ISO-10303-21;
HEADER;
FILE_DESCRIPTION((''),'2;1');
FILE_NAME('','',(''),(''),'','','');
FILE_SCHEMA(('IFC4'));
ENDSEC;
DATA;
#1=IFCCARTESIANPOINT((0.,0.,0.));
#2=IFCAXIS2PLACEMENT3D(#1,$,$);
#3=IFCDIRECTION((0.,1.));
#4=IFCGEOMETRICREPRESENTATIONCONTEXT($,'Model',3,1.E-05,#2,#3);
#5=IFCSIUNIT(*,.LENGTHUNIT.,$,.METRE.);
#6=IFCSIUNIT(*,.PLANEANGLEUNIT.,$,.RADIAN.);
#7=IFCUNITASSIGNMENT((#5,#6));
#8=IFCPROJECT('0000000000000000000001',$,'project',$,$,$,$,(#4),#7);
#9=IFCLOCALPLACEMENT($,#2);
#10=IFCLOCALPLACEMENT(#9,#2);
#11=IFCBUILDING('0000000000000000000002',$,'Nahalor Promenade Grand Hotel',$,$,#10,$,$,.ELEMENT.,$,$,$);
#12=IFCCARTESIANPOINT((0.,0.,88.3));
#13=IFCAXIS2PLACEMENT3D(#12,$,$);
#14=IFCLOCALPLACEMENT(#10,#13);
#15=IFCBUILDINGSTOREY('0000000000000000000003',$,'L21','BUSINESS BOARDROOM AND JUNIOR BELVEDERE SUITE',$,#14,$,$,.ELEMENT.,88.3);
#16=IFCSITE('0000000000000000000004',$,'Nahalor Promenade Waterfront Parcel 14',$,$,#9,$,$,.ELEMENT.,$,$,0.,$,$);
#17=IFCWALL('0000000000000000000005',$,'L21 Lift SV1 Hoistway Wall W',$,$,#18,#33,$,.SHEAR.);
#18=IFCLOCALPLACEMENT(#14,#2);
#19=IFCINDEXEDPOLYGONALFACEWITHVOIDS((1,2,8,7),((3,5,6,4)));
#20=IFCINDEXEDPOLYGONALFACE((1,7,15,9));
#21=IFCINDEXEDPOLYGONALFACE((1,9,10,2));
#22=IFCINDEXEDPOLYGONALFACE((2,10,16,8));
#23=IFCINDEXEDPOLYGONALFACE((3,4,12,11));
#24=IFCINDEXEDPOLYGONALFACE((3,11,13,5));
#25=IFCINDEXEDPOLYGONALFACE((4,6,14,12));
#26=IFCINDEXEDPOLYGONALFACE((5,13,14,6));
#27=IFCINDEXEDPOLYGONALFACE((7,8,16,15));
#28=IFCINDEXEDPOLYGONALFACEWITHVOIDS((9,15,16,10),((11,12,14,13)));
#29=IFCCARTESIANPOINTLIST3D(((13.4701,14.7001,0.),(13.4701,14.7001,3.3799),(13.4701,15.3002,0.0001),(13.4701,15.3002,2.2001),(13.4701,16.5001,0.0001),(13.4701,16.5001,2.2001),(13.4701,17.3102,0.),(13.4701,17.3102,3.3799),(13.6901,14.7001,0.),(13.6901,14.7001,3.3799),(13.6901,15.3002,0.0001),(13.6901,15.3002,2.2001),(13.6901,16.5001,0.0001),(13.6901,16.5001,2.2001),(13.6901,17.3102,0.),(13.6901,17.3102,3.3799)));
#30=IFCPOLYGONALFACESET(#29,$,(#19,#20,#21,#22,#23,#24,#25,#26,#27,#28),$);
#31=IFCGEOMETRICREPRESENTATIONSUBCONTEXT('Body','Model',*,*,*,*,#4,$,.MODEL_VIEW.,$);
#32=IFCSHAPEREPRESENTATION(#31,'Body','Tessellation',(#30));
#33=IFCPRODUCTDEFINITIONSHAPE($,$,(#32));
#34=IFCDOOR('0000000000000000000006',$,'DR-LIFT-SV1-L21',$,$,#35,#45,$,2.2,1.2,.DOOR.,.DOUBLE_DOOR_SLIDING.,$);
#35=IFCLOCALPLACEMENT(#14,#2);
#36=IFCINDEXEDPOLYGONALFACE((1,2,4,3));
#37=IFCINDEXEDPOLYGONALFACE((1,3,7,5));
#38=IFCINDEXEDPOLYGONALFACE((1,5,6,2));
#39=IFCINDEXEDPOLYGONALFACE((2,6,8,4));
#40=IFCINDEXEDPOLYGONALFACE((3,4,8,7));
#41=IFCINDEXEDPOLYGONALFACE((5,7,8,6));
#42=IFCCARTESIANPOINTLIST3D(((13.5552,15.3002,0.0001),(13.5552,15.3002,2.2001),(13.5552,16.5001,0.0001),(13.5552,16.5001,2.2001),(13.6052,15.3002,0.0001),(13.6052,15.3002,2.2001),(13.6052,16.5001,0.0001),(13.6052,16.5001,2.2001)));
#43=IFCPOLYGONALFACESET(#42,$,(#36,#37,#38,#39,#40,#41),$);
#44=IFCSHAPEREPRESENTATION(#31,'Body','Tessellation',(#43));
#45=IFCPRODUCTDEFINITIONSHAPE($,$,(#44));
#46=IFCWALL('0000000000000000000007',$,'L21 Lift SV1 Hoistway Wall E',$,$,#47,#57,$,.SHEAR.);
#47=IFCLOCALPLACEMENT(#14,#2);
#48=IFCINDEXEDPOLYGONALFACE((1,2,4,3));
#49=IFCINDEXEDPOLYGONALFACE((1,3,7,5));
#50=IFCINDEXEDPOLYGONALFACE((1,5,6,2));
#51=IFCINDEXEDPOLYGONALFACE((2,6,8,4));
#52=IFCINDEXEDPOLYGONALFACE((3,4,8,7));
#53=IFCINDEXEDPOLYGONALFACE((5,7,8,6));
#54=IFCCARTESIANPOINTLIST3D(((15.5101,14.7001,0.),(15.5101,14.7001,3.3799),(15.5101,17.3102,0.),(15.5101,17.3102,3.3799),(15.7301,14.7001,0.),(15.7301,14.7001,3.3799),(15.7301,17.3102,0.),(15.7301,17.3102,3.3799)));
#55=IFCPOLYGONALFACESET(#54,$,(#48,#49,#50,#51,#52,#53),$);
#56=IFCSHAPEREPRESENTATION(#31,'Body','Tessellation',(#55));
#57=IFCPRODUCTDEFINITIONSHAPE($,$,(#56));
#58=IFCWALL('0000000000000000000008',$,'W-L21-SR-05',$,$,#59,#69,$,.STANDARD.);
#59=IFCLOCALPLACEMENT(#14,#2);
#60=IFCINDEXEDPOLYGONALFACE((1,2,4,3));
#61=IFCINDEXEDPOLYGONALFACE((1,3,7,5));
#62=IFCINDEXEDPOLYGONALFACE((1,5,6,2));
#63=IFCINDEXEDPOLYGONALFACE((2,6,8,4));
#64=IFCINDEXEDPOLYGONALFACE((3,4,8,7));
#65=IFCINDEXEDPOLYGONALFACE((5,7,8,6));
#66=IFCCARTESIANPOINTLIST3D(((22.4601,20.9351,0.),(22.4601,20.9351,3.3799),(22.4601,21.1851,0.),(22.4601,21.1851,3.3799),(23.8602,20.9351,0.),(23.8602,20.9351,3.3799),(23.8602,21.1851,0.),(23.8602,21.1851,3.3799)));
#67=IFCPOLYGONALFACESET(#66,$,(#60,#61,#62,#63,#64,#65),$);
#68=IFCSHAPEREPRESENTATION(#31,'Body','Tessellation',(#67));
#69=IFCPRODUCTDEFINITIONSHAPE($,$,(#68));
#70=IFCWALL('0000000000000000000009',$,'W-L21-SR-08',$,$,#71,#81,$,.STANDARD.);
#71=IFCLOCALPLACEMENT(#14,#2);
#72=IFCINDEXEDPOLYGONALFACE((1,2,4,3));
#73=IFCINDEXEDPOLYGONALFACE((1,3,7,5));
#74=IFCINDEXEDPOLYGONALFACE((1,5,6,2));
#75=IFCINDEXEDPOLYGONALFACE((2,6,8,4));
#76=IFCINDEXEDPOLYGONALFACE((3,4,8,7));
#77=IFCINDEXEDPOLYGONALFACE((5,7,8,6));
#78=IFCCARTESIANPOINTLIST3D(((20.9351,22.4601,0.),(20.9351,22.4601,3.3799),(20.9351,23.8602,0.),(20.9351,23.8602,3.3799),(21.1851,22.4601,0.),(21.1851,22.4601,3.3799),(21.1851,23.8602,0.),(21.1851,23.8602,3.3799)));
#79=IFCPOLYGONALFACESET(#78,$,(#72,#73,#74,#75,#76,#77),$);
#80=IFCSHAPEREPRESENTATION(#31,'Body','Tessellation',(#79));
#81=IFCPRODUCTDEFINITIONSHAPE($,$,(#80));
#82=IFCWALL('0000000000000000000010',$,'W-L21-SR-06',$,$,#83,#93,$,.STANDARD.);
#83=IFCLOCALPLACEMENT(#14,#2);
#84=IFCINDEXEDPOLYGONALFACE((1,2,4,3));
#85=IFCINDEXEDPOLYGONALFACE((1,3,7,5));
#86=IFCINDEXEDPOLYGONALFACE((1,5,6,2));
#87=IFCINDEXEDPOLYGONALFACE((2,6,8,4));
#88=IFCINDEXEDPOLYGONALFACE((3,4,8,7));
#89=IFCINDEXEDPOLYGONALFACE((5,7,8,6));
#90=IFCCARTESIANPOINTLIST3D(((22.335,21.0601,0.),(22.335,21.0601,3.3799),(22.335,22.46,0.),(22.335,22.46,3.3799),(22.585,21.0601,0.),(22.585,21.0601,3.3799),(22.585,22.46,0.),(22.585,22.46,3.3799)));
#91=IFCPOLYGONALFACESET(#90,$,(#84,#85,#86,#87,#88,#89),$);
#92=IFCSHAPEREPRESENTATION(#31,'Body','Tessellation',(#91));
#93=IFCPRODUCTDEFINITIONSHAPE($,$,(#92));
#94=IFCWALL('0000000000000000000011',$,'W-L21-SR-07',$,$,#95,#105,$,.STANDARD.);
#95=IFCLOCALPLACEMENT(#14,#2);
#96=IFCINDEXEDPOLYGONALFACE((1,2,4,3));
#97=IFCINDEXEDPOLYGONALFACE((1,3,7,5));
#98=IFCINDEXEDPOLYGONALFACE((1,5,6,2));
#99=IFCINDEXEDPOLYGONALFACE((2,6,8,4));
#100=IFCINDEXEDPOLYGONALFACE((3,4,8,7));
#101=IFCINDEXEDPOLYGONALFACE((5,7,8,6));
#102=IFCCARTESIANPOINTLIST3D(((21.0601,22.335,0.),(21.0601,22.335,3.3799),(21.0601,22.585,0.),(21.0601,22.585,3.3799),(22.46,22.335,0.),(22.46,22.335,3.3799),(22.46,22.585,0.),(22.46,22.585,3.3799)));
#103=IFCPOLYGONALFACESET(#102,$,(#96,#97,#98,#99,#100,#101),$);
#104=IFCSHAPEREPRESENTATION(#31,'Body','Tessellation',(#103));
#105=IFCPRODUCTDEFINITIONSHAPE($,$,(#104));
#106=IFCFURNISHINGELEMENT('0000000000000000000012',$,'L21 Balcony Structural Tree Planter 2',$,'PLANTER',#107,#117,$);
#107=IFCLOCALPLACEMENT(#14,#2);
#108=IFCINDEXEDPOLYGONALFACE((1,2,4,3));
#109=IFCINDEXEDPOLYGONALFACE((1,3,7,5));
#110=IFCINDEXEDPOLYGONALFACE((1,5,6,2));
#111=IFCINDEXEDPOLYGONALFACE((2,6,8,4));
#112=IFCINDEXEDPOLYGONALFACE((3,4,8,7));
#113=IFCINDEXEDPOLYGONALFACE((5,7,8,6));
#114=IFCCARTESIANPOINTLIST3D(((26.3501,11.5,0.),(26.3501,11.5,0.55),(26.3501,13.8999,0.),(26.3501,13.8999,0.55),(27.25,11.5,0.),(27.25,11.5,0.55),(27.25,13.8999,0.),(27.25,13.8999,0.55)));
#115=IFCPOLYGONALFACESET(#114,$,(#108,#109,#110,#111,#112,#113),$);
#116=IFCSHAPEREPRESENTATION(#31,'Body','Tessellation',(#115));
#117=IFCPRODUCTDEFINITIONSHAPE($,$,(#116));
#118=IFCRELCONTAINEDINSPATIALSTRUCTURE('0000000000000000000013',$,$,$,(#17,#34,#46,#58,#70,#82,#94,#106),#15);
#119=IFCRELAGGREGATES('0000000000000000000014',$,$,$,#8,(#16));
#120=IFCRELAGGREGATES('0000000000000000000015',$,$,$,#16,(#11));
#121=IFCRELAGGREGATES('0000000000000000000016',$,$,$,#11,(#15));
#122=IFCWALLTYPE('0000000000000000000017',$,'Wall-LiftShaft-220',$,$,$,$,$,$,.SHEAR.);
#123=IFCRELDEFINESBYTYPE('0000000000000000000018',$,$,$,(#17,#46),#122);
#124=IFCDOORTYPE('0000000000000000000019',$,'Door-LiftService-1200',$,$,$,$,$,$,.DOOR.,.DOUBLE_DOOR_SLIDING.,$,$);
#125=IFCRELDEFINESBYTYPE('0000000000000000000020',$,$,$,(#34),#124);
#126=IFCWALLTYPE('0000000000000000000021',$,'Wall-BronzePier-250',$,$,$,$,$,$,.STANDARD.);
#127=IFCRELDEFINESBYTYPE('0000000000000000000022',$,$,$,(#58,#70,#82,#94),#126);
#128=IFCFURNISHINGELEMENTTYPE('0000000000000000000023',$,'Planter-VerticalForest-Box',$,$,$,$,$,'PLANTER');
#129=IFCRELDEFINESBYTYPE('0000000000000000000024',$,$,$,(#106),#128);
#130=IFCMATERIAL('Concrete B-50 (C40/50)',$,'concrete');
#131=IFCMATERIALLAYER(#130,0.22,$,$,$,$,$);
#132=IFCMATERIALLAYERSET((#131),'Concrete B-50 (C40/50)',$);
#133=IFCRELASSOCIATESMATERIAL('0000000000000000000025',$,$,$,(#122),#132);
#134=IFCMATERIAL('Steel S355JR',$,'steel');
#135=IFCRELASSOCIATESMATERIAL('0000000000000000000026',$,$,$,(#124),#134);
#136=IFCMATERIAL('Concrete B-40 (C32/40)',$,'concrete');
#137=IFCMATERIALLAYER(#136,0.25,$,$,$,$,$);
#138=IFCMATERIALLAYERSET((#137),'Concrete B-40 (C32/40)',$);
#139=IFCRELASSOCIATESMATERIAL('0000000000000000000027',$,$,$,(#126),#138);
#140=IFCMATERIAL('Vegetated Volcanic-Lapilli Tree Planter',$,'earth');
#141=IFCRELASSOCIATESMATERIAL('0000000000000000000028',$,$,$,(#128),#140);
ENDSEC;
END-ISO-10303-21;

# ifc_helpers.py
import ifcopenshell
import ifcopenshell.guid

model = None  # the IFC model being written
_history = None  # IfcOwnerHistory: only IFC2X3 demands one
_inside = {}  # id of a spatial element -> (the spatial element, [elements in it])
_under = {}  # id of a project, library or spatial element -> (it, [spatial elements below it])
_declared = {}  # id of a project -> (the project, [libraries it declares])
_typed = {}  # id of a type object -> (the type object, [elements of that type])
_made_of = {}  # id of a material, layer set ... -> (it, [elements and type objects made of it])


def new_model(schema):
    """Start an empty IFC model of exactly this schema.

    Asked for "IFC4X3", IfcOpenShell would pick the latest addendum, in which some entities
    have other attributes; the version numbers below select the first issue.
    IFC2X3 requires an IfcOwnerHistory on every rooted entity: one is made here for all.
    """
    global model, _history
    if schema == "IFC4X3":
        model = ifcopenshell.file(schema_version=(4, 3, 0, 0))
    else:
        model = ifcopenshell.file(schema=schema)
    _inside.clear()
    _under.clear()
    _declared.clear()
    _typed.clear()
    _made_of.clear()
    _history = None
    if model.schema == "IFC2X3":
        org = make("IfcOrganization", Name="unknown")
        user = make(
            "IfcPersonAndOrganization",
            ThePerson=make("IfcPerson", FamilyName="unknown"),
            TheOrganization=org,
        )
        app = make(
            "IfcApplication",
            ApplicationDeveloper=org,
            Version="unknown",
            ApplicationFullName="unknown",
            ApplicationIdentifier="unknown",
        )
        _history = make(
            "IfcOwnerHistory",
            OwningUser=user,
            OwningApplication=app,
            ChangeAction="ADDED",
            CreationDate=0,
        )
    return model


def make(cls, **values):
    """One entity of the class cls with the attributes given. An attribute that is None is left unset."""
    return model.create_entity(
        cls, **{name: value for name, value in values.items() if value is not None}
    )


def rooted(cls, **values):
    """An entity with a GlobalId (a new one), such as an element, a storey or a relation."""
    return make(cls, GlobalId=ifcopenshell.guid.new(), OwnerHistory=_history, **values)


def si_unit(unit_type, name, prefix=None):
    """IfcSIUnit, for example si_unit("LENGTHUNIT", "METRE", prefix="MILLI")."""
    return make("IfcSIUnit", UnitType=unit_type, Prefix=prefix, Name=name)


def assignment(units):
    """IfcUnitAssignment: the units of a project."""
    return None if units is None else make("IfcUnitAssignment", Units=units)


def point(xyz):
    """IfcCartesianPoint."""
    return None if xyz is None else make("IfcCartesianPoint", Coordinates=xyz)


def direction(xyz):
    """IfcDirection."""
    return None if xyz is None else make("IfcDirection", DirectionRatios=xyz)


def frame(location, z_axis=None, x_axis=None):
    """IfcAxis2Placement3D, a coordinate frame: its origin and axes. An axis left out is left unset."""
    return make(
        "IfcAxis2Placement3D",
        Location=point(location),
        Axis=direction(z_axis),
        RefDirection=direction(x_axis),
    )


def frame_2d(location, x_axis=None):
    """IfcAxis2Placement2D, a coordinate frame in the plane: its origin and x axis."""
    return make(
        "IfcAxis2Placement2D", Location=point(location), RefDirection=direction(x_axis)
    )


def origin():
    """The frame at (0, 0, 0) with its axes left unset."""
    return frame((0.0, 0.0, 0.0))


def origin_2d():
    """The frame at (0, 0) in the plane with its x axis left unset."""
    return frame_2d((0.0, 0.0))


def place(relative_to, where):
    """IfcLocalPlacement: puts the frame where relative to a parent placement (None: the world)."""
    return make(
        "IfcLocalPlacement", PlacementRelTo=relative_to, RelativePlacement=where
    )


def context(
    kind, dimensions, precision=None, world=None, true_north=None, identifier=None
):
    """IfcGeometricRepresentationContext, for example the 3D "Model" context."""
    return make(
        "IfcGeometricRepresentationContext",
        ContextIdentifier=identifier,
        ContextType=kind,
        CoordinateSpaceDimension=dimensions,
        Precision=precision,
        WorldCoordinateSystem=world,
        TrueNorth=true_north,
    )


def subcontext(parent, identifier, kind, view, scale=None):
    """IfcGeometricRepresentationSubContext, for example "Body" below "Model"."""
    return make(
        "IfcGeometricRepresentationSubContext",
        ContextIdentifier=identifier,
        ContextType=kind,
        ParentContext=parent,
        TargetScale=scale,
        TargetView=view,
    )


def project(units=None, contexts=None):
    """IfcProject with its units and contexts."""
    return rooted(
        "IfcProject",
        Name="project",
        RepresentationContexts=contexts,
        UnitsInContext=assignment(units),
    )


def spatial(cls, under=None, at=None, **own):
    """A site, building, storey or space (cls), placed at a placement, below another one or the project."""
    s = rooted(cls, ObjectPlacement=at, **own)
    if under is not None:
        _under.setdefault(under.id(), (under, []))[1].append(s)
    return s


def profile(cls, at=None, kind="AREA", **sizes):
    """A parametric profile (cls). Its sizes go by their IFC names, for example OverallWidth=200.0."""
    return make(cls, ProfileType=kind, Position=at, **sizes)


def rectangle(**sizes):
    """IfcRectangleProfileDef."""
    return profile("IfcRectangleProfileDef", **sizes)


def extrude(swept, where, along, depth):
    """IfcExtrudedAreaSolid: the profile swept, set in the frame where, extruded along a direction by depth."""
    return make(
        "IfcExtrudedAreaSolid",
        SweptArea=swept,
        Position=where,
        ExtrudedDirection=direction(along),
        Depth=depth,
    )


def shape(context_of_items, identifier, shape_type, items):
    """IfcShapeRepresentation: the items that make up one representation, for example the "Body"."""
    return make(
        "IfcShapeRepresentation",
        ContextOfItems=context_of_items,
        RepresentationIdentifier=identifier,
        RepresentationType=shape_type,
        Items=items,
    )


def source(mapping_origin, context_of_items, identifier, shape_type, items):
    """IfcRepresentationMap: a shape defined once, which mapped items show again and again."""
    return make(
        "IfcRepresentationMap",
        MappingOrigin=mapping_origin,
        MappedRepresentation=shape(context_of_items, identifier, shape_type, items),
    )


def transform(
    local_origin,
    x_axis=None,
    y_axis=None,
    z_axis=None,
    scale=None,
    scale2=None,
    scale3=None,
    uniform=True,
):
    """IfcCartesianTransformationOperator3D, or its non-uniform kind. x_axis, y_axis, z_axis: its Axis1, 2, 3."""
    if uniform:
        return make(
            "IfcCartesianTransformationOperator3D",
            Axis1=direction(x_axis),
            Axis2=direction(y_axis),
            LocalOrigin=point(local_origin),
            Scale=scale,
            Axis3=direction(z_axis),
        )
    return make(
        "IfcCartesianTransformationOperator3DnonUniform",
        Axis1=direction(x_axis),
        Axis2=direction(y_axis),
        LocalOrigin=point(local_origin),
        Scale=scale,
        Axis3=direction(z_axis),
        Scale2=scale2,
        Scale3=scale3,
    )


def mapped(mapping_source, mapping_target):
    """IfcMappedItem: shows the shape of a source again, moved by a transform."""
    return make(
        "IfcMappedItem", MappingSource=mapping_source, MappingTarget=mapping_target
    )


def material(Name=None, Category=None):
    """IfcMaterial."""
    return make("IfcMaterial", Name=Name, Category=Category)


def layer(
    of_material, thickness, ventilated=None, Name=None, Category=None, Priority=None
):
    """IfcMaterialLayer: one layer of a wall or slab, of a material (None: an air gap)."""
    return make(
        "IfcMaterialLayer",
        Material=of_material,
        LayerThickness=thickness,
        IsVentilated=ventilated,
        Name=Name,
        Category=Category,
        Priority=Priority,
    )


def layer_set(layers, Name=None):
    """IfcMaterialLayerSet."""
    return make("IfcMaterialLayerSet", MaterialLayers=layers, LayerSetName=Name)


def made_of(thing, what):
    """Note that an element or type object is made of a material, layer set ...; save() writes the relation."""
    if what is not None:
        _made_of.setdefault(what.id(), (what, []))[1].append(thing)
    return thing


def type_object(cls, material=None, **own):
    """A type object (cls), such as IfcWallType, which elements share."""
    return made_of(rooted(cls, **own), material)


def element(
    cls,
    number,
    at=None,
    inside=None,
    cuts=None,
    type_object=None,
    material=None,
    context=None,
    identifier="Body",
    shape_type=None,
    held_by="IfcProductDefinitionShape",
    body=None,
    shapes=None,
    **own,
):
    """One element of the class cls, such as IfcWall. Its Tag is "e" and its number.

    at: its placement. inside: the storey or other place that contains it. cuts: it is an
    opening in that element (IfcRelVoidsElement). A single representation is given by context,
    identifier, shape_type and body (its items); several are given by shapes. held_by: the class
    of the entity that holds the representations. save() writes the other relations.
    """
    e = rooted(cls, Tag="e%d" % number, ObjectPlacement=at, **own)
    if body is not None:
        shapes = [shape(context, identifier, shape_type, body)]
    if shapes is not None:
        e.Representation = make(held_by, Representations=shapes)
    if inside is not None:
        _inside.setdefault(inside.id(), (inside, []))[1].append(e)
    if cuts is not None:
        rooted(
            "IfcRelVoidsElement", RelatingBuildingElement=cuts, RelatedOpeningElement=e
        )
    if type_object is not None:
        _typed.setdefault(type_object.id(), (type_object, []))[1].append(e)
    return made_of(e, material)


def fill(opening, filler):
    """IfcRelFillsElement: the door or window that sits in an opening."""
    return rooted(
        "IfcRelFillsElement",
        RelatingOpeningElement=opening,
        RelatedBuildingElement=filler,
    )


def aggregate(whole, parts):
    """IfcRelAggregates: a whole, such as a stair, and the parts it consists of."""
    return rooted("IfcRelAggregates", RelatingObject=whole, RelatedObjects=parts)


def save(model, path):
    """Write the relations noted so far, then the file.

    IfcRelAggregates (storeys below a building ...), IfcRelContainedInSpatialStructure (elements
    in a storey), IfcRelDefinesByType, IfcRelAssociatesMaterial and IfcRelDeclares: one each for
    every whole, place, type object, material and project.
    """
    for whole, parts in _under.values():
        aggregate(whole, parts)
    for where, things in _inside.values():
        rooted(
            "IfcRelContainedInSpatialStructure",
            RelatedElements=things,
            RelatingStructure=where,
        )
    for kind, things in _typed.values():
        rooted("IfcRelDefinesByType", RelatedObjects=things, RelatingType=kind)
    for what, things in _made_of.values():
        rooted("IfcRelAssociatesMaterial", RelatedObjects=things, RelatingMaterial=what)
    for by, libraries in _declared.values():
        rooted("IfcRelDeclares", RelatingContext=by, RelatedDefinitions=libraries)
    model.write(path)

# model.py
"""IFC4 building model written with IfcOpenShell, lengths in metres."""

from ifc_helpers import new_model, si_unit, direction, frame, frame_2d, origin, origin_2d, place, context, subcontext, project, spatial, rectangle, extrude, source, transform, mapped, material, layer, layer_set, type_object, element, fill, save


model = new_model("IFC4")

# Units and contexts
model_context = context("Model", 3, precision=1e-05, world=origin(), true_north=direction((0.0, 1.0)))
body_context = subcontext(model_context, "Body", "Model", "MODEL_VIEW")
ifc_project = project(units=[si_unit("LENGTHUNIT", "METRE"), si_unit("PLANEANGLEUNIT", "RADIAN")], contexts=[model_context])

# Site, building, storey
site_placement = place(None, origin())
site = spatial("IfcSite", under=ifc_project, at=site_placement, Name="Nahalor Promenade Waterfront Parcel 14", CompositionType="ELEMENT", RefElevation=0.0)
building_placement = place(site_placement, origin())
building = spatial("IfcBuilding", under=site, at=building_placement, Name="Nahalor Promenade Grand Hotel", CompositionType="ELEMENT")
storey_placement = place(building_placement, frame((0.0, 0.0, 88.3)))
storey = spatial("IfcBuildingStorey", under=building, at=storey_placement, Name="L21", Description="BUSINESS BOARDROOM AND JUNIOR BELVEDERE SUITE", CompositionType="ELEMENT", Elevation=88.3)

# Shared definitions
ifc_material_1 = material(Name="Steel S355JR", Category="steel")

# Shared definitions
ifc_material_2 = material(Name="Concrete B-50 (C40/50)", Category="concrete")
ifc_layer_1 = layer(ifc_material_2, 0.22)
ifc_layer_set_1 = layer_set([ifc_layer_1], Name="Concrete B-50 (C40/50)")
wall_type_1 = type_object("IfcWallType", Name="Wall-LiftShaft-220", PredefinedType="SHEAR", material=ifc_layer_set_1)

# Wall, opening, door
shared_shape_1 = source(origin(), body_context, "Body", "SweptSolid", [
    extrude(rectangle(XDim=2.6101, YDim=0.22, at=frame_2d((1.3052, 0.0))), origin(), (0.0, 0.0, 1.0), 3.3799),
])
wall_1_placement = place(storey_placement, frame((13.5801, 14.7, 0.0), z_axis=(0.0, 0.0, 1.0), x_axis=(0.0, 1.0, 0.0)))
wall_1 = element("IfcWall", 1, at=wall_1_placement, inside=storey, type_object=wall_type_1, Name="L21 Lift SV1 Hoistway Wall W", PredefinedType="SHEAR", context=body_context, shape_type="MappedRepresentation", body=[
    mapped(shared_shape_1, transform((0.0, 0.0, 0.0), scale=1.0)),
])
opening_placement = place(wall_1_placement, frame((0.6001, 0.0, 0.0)))
opening = element("IfcOpeningElement", 2, at=opening_placement, cuts=wall_1, PredefinedType="OPENING", context=body_context, shape_type="SweptSolid", body=[
    extrude(rectangle(XDim=1.2, YDim=2.2, at=frame_2d((0.6001, 1.1001))), frame((0.0, 0.1199, 0.0), z_axis=(0.0, -1.0, 0.0), x_axis=(1.0, 0.0, 0.0)), (0.0, 0.0, 1.0), 0.24),
])
door_type = type_object("IfcDoorType", Name="Door-LiftService-1200", OperationType="DOUBLE_DOOR_SLIDING", PredefinedType="DOOR", material=ifc_material_1)
shared_shape_2 = source(origin(), body_context, "Body", "SweptSolid", [
    extrude(rectangle(XDim=1.2, YDim=2.2, at=frame_2d((0.6001, 1.1001))), frame((0.0, 0.0249, 0.0), z_axis=(0.0, -1.0, 0.0), x_axis=(1.0, 0.0, 0.0)), (0.0, 0.0, 1.0), 0.05),
])
door_placement = place(opening_placement, origin())
door = element("IfcDoor", 3, at=door_placement, inside=storey, type_object=door_type, Name="DR-LIFT-SV1-L21", OperationType="DOUBLE_DOOR_SLIDING", OverallHeight=2.2, OverallWidth=1.2, PredefinedType="DOOR", context=body_context, shape_type="MappedRepresentation", body=[
    mapped(shared_shape_2, transform((0.0, 0.0, 0.0), scale=1.0)),
])
fill(opening, door)

# Walls
wall_2_placement = place(storey_placement, frame((15.6201, 14.7, 0.0), z_axis=(0.0, 0.0, 1.0), x_axis=(0.0, 1.0, 0.0)))
element("IfcWall", 4, at=wall_2_placement, inside=storey, type_object=wall_type_1, Name="L21 Lift SV1 Hoistway Wall E", PredefinedType="SHEAR", context=body_context, shape_type="MappedRepresentation", body=[
    mapped(shared_shape_1, transform((0.0, 0.0, 0.0), scale=1.0)),
])
ifc_material_3 = material(Name="Concrete B-40 (C32/40)", Category="concrete")
ifc_layer_2 = layer(ifc_material_3, 0.25)
ifc_layer_set_2 = layer_set([ifc_layer_2], Name="Concrete B-40 (C32/40)")
wall_type_2 = type_object("IfcWallType", Name="Wall-BronzePier-250", PredefinedType="STANDARD", material=ifc_layer_set_2)
shared_shape_3 = source(origin(), body_context, "Body", "SweptSolid", [
    extrude(rectangle(XDim=1.4001, YDim=0.25, at=frame_2d((0.7002, 0.0))), origin(), (0.0, 0.0, 1.0), 3.3799),
])
for number, where, z_axis, x_axis, name in (
    (5, (22.46, 21.0601, 0.0), (0.0, 0.0, 1.0), (1.0, 0.0, 0.0), "W-L21-SR-05"),
    (6, (21.0601, 22.46, 0.0), (0.0, 0.0, 1.0), (0.0, 1.0, 0.0), "W-L21-SR-08"),
):
    element("IfcWall", number, at=place(storey_placement, frame(where, z_axis=z_axis, x_axis=x_axis)), inside=storey, type_object=wall_type_2, Name=name, PredefinedType="STANDARD", context=body_context, shape_type="MappedRepresentation", body=[
        mapped(shared_shape_3, transform((0.0, 0.0, 0.0), scale=1.0)),
    ])
shared_shape_4 = source(origin(), body_context, "Body", "SweptSolid", [
    extrude(rectangle(XDim=1.3999, YDim=0.25, at=frame_2d((0.7, 0.0))), origin(), (0.0, 0.0, 1.0), 3.3799),
])
for number, where, z_axis, x_axis, name in (
    (7, (22.46, 21.0601, 0.0), (0.0, 0.0, 1.0), (0.0, 1.0, 0.0), "W-L21-SR-06"),
    (8, (21.0601, 22.46, 0.0), (0.0, 0.0, 1.0), (1.0, 0.0, 0.0), "W-L21-SR-07"),
):
    element("IfcWall", number, at=place(storey_placement, frame(where, z_axis=z_axis, x_axis=x_axis)), inside=storey, type_object=wall_type_2, Name=name, PredefinedType="STANDARD", context=body_context, shape_type="MappedRepresentation", body=[
        mapped(shared_shape_4, transform((0.0, 0.0, 0.0), scale=1.0)),
    ])

# Furnishing element
ifc_material_4 = material(Name="Vegetated Volcanic-Lapilli Tree Planter", Category="earth")
furnishing_element_type = type_object("IfcFurnishingElementType", Name="Planter-VerticalForest-Box", ElementType="PLANTER", material=ifc_material_4)
shared_shape_5 = source(origin(), body_context, "Body", "SweptSolid", [
    extrude(rectangle(XDim=2.3999, YDim=0.8999, at=origin_2d()), origin(), (0.0, 0.0, 1.0), 0.55),
])
furnishing_placement = place(storey_placement, frame((26.8, 12.7, 0.0), z_axis=(0.0, 0.0, 1.0), x_axis=(0.0, 1.0, 0.0)))
element("IfcFurnishingElement", 9, at=furnishing_placement, inside=storey, type_object=furnishing_element_type, Name="L21 Balcony Structural Tree Planter 2", ObjectType="PLANTER", context=body_context, shape_type="MappedRepresentation", body=[
    mapped(shared_shape_5, transform((0.0, 0.0, 0.0), scale=1.0)),
])

save(model, "model.ifc")
